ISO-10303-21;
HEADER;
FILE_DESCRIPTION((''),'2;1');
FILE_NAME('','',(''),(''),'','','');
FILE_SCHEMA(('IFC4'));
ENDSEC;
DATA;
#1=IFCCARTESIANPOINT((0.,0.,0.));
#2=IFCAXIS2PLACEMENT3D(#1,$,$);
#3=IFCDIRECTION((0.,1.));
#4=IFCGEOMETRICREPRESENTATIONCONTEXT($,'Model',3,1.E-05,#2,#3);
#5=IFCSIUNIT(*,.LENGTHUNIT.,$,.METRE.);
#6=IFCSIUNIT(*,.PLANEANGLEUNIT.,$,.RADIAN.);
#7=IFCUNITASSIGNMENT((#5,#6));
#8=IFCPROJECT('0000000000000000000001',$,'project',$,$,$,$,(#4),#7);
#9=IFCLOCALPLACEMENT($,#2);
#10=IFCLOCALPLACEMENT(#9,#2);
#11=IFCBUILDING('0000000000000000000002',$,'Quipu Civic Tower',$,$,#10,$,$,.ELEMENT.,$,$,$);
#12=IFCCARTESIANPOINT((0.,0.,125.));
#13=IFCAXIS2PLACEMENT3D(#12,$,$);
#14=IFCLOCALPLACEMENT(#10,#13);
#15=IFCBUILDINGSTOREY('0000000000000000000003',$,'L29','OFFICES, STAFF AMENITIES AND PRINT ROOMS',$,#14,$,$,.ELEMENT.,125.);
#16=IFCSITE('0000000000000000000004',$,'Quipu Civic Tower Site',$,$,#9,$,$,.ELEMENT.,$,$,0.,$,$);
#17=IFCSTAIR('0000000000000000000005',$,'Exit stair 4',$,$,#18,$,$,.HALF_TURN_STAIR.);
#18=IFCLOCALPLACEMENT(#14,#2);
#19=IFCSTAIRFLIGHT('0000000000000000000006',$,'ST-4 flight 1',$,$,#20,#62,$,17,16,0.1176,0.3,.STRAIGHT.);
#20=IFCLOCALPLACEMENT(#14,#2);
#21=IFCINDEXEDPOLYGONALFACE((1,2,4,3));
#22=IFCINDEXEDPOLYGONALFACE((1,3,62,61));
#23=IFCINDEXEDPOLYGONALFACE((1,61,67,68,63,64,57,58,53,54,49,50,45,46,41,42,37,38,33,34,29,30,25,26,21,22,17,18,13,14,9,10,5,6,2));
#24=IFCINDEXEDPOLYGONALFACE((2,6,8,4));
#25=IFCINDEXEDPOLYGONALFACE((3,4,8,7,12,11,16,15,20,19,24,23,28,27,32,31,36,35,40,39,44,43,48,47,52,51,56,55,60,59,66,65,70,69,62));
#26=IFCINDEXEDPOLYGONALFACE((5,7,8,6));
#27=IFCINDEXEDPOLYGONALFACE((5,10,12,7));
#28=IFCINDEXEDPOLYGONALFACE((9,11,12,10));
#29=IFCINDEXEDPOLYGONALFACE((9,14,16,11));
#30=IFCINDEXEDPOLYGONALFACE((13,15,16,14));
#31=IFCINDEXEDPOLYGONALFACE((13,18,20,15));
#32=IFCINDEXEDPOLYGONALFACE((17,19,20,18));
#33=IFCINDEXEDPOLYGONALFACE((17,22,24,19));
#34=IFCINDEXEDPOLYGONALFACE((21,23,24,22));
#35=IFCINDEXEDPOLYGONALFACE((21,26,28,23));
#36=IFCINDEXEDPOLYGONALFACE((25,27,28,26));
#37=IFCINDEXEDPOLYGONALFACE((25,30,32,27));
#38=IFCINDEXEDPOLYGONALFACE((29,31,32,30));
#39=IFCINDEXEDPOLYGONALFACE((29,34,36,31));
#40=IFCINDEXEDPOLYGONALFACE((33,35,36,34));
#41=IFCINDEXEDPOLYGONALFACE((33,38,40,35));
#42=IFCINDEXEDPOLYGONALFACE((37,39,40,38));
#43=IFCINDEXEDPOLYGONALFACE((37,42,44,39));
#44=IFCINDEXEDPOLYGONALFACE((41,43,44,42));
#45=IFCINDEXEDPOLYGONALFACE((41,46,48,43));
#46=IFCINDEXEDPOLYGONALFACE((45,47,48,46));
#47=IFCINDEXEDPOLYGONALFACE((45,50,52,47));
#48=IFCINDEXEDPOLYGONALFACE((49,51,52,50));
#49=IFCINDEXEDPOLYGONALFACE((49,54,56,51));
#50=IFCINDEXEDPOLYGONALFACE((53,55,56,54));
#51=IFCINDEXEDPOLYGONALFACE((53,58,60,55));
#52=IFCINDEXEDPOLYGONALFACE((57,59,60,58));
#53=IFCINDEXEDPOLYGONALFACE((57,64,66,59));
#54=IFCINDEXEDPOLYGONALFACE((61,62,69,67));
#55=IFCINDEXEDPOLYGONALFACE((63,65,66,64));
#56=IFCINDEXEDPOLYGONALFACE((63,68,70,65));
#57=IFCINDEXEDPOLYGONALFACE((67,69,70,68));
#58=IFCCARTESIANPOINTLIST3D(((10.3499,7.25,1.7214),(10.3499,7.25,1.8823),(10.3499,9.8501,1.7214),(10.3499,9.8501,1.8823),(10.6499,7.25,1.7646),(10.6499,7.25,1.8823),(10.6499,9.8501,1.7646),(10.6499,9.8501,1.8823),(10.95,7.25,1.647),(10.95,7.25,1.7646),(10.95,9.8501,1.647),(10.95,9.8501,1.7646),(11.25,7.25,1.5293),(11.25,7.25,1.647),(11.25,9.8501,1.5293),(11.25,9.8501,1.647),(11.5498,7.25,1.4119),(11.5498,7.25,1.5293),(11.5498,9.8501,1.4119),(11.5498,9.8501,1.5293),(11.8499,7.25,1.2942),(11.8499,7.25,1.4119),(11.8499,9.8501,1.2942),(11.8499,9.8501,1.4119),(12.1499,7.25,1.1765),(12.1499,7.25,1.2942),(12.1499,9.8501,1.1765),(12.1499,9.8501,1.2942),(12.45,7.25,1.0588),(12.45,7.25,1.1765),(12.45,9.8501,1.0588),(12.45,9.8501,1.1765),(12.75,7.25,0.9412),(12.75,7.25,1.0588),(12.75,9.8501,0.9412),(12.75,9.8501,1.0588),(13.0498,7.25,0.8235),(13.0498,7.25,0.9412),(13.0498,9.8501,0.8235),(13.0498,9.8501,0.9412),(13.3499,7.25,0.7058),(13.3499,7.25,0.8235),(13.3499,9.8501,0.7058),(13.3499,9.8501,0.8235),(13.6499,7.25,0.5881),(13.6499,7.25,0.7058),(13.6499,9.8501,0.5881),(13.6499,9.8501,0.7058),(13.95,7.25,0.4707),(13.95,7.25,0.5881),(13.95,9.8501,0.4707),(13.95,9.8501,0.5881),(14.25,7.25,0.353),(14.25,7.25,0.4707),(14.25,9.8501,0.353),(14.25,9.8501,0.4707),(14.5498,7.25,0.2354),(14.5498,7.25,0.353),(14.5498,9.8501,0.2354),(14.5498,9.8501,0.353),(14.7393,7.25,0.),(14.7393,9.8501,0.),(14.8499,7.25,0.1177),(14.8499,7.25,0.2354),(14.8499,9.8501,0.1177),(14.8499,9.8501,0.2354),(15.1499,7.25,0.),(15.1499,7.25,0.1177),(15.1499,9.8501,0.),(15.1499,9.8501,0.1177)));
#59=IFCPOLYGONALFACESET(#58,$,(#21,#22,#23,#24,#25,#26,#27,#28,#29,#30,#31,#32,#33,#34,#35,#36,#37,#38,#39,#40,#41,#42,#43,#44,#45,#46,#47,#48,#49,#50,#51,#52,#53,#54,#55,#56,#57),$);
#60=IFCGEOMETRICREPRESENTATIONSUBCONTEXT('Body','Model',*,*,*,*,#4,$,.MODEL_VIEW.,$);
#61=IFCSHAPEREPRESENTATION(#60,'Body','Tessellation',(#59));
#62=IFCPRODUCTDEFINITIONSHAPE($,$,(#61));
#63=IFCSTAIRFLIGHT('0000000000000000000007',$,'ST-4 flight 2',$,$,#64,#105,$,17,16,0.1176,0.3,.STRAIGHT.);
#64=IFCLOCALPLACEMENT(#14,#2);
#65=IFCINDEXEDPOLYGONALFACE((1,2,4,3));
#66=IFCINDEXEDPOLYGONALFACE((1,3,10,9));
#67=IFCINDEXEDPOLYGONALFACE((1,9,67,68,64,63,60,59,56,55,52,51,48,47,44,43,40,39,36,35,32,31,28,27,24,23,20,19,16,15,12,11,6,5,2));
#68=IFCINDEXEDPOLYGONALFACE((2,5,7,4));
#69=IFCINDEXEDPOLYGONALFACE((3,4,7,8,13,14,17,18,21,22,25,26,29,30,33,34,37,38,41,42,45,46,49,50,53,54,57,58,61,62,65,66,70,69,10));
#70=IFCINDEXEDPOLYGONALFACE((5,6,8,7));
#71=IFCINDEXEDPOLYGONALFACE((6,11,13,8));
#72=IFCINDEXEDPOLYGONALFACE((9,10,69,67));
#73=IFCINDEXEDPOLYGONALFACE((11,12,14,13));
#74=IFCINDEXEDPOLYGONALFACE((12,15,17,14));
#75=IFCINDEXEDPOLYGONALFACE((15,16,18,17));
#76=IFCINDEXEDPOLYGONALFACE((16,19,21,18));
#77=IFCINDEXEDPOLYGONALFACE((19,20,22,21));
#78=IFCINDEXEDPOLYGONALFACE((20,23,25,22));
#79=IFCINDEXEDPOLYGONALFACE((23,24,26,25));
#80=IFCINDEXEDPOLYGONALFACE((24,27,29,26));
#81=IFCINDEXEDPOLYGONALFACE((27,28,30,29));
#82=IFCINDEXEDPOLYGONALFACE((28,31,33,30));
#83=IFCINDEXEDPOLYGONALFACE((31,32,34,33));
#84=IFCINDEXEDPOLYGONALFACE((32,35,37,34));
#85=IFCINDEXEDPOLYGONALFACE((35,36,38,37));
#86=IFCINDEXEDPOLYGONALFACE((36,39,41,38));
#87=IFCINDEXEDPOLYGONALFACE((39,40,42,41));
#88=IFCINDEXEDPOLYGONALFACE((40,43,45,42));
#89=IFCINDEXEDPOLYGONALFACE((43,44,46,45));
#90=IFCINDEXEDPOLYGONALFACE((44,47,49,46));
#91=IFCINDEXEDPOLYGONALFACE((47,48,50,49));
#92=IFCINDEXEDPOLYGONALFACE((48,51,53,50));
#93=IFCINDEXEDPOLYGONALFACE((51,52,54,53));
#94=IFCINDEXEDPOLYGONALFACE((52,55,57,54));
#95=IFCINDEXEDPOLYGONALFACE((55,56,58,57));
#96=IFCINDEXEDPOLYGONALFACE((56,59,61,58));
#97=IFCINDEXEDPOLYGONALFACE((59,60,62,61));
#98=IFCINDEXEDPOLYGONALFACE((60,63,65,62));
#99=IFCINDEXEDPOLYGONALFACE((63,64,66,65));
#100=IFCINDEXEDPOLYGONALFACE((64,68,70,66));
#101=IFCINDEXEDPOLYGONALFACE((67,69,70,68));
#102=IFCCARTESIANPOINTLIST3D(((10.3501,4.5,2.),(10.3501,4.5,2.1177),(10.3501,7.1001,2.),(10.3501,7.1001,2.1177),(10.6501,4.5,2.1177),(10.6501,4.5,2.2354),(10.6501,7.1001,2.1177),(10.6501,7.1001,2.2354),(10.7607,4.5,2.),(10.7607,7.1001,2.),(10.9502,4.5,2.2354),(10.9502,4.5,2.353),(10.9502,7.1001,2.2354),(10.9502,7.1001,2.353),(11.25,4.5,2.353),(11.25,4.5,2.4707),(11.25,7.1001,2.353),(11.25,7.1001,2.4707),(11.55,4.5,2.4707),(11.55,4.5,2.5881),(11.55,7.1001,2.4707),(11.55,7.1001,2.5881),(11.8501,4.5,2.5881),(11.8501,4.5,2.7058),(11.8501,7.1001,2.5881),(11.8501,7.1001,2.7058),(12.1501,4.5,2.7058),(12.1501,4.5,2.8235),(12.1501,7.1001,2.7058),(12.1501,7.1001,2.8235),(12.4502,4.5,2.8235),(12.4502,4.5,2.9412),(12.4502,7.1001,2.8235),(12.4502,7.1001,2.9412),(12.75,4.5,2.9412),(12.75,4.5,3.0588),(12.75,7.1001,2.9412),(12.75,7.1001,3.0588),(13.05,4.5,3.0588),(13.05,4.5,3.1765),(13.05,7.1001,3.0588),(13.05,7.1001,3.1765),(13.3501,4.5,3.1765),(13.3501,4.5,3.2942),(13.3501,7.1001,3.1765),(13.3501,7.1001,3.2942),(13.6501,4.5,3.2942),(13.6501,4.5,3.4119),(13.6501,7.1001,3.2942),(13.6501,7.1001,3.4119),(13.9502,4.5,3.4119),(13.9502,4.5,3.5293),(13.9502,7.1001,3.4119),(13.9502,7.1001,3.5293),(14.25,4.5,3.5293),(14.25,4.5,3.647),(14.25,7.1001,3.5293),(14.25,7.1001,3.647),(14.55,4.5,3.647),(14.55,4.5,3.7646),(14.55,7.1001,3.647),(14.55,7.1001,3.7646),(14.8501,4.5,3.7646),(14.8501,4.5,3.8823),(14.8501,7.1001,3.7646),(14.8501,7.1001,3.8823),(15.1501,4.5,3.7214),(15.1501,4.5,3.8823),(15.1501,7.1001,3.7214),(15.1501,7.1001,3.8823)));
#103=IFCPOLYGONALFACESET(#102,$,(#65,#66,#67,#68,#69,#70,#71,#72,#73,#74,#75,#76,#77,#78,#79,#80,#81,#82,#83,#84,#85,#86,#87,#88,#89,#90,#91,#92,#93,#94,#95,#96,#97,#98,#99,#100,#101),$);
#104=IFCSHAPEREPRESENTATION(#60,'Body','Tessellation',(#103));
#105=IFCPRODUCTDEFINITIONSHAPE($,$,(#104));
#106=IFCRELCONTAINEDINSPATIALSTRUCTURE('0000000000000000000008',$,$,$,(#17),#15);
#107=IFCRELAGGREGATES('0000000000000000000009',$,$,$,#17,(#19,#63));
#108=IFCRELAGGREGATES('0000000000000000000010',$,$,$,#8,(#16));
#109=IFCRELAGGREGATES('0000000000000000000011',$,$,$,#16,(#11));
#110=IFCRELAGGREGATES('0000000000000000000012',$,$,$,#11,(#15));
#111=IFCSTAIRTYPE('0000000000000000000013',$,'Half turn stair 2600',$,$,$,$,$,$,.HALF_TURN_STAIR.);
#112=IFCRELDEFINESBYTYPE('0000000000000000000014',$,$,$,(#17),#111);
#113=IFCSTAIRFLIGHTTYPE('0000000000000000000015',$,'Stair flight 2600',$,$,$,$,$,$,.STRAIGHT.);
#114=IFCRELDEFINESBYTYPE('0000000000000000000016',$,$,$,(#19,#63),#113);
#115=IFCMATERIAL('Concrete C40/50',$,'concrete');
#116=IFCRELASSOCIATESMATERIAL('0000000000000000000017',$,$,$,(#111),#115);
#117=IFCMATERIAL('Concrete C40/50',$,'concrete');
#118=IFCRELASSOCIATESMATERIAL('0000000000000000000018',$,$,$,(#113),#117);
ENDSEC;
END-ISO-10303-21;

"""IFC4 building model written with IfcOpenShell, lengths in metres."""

from ifc_helpers import new_model, si_unit, direction, frame, origin, place, context, subcontext, project, spatial, polyline, outline, extrude, material, type_object, element, aggregate, save


model = new_model("IFC4")

# Units and contexts
model_context = context("Model", 3, precision=1e-05, world=origin(), true_north=direction((0.0, 1.0)))
body_context = subcontext(model_context, "Body", "Model", "MODEL_VIEW")
ifc_project = project(units=[si_unit("LENGTHUNIT", "METRE"), si_unit("PLANEANGLEUNIT", "RADIAN")], contexts=[model_context])

# Site, building, storey
site_placement = place(None, origin())
site = spatial("IfcSite", under=ifc_project, at=site_placement, Name="Quipu Civic Tower Site", CompositionType="ELEMENT", RefElevation=0.0)
building_placement = place(site_placement, origin())
building = spatial("IfcBuilding", under=site, at=building_placement, Name="Quipu Civic Tower", CompositionType="ELEMENT")
storey_placement = place(building_placement, frame((0.0, 0.0, 125.0)))
storey = spatial("IfcBuildingStorey", under=building, at=storey_placement, Name="L29", Description="OFFICES, STAFF AMENITIES AND PRINT ROOMS", CompositionType="ELEMENT", Elevation=125.0)

# Stair, stair flights
ifc_material_1 = material(Name="Concrete C40/50", Category="concrete")
stair_type = type_object("IfcStairType", Name="Half turn stair 2600", PredefinedType="HALF_TURN_STAIR", material=ifc_material_1)
stair_placement = place(storey_placement, origin())
stair = element("IfcStair", 1, at=stair_placement, inside=storey, type_object=stair_type, Name="Exit stair 4", PredefinedType="HALF_TURN_STAIR")
ifc_material_2 = material(Name="Concrete C40/50", Category="concrete")
stair_flight_type = type_object("IfcStairFlightType", Name="Stair flight 2600", PredefinedType="STRAIGHT", material=ifc_material_2)
stair_flight_1_placement = place(storey_placement, frame((15.1499, 8.55, 0.0), z_axis=(0.0, 0.0, 1.0), x_axis=(-1.0, 0.0, 0.0)))
stair_flight_1 = element("IfcStairFlight", 2, at=stair_flight_1_placement, type_object=stair_flight_type, Name="ST-4 flight 1", NumberOfRisers=17, NumberOfTreads=16, PredefinedType="STRAIGHT", RiserHeight=0.1176, TreadLength=0.3, context=body_context, shape_type="SweptSolid", body=[
    extrude(outline(polyline([(0.0, 0.0), (0.0, 0.1177), (0.3, 0.1177), (0.3, 0.2354), (0.6001, 0.2354), (0.6001, 0.353), (0.8999, 0.353), (0.8999, 0.4707), (1.2, 0.4707), (1.2, 0.5881), (1.5, 0.5881), (1.5, 0.7058), (1.8, 0.7058), (1.8, 0.8235), (2.1001, 0.8235), (2.1001, 0.9412), (2.3999, 0.9412), (2.3999, 1.0588), (2.7, 1.0588), (2.7, 1.1765), (3.0, 1.1765), (3.0, 1.2942), (3.3, 1.2942), (3.3, 1.4119), (3.6001, 1.4119), (3.6001, 1.5293), (3.8999, 1.5293), (3.8999, 1.647), (4.2, 1.647), (4.2, 1.7646), (4.5, 1.7646), (4.5, 1.8823), (4.8, 1.8823), (4.8, 2.0), (4.8, 1.7214), (0.4106, 0.0), (0.0, 0.0)])), frame((0.0, 1.3, 0.0), z_axis=(0.0, -1.0, 0.0), x_axis=(1.0, 0.0, 0.0)), (0.0, 0.0, 1.0), 2.6001),
])
stair_flight_2_placement = place(storey_placement, frame((10.3501, 5.8, 2.0), z_axis=(0.0, 0.0, 1.0), x_axis=(1.0, 0.0, 0.0)))
stair_flight_2 = element("IfcStairFlight", 3, at=stair_flight_2_placement, type_object=stair_flight_type, Name="ST-4 flight 2", NumberOfRisers=17, NumberOfTreads=16, PredefinedType="STRAIGHT", RiserHeight=0.1176, TreadLength=0.3, context=body_context, shape_type="SweptSolid", body=[
    extrude(outline(polyline([(0.0, 0.0), (0.0, 0.1177), (0.3, 0.1177), (0.3, 0.2354), (0.6001, 0.2354), (0.6001, 0.353), (0.8999, 0.353), (0.8999, 0.4707), (1.2, 0.4707), (1.2, 0.5881), (1.5, 0.5881), (1.5, 0.7058), (1.8, 0.7058), (1.8, 0.8235), (2.1001, 0.8235), (2.1001, 0.9412), (2.3999, 0.9412), (2.3999, 1.0588), (2.7, 1.0588), (2.7, 1.1765), (3.0, 1.1765), (3.0, 1.2942), (3.3, 1.2942), (3.3, 1.4119), (3.6001, 1.4119), (3.6001, 1.5293), (3.8999, 1.5293), (3.8999, 1.647), (4.2, 1.647), (4.2, 1.7646), (4.5, 1.7646), (4.5, 1.8823), (4.8, 1.8823), (4.8, 2.0), (4.8, 1.7214), (0.4106, 0.0), (0.0, 0.0)])), frame((0.0, 1.3, 0.0), z_axis=(0.0, -1.0, 0.0), x_axis=(1.0, 0.0, 0.0)), (0.0, 0.0, 1.0), 2.6001),
])
aggregate(stair, [stair_flight_1, stair_flight_2])

save(model, "model.ifc")
